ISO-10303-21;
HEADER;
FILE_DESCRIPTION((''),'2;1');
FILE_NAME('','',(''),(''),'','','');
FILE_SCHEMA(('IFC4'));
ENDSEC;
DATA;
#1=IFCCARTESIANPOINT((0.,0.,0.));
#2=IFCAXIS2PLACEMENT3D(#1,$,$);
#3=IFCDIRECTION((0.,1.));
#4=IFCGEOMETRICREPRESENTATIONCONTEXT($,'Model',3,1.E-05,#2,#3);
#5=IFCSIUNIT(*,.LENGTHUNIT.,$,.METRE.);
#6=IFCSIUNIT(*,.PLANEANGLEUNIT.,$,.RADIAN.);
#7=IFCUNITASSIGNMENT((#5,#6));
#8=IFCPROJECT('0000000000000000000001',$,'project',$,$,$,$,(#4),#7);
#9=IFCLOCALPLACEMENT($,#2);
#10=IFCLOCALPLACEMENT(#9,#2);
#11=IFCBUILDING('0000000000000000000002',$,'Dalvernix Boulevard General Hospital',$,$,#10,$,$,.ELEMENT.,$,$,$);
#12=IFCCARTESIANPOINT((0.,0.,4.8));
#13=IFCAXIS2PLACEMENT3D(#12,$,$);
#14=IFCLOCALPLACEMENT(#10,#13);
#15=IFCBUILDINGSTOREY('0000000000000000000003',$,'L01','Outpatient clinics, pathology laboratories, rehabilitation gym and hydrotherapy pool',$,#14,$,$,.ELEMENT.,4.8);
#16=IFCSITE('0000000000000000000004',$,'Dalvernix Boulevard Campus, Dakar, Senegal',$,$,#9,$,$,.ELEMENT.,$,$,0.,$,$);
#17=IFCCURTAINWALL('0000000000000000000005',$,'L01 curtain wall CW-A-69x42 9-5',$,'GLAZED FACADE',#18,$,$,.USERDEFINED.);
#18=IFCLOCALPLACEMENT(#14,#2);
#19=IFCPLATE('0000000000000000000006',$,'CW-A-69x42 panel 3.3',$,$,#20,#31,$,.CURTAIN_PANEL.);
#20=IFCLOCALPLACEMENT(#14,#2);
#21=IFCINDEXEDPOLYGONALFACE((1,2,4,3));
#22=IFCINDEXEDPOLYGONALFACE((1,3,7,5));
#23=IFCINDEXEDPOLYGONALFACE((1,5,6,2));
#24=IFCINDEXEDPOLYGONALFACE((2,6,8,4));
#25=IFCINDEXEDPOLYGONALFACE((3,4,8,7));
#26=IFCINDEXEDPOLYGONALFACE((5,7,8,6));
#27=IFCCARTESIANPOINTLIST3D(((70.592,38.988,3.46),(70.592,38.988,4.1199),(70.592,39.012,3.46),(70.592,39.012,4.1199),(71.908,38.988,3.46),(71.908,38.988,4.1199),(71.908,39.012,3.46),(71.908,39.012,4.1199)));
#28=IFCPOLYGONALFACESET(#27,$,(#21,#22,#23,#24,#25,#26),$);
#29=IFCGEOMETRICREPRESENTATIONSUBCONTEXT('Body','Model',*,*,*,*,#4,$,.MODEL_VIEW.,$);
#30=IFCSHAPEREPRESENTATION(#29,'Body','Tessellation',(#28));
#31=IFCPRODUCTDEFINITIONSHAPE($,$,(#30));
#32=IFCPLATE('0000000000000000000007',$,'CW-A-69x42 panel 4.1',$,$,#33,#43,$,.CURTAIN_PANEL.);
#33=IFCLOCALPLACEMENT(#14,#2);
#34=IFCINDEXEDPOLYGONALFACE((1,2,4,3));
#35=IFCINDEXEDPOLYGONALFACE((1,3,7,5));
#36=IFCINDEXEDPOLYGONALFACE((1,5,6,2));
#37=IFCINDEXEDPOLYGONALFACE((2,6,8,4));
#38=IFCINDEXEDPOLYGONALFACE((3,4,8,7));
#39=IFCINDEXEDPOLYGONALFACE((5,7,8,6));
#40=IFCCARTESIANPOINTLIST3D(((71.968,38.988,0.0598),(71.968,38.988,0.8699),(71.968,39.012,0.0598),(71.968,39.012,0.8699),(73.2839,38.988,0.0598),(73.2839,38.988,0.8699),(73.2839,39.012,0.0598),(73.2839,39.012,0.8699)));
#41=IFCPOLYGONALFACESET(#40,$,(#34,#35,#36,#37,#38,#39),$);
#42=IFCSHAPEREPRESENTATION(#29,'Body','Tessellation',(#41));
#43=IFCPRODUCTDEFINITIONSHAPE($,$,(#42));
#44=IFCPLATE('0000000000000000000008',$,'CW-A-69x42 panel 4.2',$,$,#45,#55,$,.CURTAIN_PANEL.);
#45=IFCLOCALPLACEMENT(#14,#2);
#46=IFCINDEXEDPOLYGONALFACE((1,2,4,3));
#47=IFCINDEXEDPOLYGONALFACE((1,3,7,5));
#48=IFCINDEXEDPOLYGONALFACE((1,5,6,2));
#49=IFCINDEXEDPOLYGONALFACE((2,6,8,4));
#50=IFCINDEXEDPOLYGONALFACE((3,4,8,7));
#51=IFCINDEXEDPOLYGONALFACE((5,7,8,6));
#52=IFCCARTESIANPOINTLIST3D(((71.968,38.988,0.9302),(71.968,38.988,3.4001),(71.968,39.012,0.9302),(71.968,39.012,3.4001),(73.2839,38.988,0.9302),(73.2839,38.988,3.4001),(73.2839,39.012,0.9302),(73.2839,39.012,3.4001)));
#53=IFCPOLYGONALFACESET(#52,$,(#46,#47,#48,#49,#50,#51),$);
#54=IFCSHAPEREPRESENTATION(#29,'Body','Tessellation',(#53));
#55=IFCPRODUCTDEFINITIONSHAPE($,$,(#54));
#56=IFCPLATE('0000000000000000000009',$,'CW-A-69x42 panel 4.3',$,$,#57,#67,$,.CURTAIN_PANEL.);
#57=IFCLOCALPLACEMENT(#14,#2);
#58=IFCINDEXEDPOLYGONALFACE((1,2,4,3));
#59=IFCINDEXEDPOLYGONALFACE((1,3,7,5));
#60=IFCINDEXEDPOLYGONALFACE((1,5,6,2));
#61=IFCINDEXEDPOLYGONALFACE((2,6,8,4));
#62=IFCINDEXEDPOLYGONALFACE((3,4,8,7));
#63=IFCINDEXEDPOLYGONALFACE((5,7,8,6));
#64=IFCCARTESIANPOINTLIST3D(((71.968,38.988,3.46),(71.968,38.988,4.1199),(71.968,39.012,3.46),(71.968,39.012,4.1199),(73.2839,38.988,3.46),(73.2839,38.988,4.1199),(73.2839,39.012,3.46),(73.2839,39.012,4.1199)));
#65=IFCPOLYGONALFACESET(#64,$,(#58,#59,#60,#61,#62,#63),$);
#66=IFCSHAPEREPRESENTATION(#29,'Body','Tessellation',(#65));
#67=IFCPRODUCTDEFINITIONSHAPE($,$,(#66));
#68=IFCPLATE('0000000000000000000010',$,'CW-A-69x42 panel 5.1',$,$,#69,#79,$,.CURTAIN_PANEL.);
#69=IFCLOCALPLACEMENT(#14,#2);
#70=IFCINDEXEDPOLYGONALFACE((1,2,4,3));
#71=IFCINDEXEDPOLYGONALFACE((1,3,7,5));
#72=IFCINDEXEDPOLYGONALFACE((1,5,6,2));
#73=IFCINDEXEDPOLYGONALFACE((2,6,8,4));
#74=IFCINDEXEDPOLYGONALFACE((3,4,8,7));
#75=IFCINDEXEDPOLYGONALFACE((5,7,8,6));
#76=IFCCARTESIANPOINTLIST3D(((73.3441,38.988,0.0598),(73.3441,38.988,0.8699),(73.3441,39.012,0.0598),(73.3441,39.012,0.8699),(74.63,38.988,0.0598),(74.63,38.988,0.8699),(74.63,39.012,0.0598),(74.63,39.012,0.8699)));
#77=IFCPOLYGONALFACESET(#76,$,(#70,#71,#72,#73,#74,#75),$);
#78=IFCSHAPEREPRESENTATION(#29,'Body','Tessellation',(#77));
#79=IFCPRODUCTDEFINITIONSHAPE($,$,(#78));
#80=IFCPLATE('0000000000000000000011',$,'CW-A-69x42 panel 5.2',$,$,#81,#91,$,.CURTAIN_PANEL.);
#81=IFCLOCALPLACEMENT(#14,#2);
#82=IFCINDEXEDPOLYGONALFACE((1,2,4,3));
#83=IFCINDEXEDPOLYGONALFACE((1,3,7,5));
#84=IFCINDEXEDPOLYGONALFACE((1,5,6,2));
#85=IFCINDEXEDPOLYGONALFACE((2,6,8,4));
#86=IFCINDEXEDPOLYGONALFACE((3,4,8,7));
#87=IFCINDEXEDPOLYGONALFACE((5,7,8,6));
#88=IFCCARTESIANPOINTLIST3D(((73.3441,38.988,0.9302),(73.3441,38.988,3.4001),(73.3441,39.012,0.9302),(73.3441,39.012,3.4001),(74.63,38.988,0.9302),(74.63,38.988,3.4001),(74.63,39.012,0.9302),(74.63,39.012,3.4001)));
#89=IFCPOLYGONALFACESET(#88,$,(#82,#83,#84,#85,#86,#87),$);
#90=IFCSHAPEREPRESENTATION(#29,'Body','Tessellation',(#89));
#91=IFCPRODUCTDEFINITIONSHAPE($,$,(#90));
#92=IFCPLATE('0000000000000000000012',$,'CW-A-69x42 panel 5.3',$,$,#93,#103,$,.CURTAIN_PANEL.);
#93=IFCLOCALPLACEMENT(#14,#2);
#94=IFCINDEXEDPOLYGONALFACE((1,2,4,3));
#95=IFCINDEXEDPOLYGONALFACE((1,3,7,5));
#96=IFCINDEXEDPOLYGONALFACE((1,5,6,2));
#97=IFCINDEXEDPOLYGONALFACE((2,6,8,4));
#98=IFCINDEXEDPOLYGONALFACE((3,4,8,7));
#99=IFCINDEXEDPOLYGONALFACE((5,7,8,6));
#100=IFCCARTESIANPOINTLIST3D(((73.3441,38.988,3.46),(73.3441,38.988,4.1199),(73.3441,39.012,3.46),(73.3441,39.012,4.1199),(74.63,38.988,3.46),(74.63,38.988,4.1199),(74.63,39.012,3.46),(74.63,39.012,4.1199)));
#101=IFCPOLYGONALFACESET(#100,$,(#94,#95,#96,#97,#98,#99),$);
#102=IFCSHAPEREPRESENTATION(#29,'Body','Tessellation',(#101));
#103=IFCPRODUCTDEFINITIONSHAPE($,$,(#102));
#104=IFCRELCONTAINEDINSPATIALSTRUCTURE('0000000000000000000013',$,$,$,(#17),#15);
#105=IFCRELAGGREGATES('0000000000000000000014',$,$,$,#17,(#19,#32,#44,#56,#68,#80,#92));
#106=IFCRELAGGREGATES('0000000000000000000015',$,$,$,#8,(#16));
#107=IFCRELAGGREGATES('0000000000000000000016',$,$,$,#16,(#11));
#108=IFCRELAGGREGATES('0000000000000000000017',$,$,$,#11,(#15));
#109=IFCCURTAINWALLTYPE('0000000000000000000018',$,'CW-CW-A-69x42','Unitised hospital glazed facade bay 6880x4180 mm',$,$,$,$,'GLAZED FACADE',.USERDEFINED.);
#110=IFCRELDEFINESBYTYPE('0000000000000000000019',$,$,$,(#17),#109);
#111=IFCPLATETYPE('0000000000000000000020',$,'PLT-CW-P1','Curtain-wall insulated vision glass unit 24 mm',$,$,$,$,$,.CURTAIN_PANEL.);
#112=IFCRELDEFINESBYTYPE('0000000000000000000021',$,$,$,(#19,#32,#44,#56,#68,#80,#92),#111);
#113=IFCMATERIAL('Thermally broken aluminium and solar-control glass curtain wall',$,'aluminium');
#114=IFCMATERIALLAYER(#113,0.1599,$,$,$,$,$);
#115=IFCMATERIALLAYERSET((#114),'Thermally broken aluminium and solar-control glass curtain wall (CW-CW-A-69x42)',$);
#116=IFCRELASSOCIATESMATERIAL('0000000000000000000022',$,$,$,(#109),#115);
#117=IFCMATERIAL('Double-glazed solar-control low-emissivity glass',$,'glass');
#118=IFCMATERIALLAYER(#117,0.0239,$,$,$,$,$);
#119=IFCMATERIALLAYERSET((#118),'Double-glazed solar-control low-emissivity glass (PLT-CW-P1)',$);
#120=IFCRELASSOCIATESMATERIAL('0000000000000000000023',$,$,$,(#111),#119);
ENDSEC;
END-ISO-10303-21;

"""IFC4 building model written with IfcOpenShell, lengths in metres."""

from ifc_helpers import new_model, si_unit, direction, frame, origin, origin_2d, place, context, subcontext, project, spatial, rectangle, extrude, material, layer, layer_set, type_object, element, aggregate, save


model = new_model("IFC4")

# Units and contexts
model_context = context("Model", 3, precision=1e-05, world=origin(), true_north=direction((0.0, 1.0)))
body_context = subcontext(model_context, "Body", "Model", "MODEL_VIEW")
ifc_project = project(units=[si_unit("LENGTHUNIT", "METRE"), si_unit("PLANEANGLEUNIT", "RADIAN")], contexts=[model_context])

# Site, building, storey
site_placement = place(None, origin())
site = spatial("IfcSite", under=ifc_project, at=site_placement, Name="Dalvernix Boulevard Campus, Dakar, Senegal", CompositionType="ELEMENT", RefElevation=0.0)
building_placement = place(site_placement, origin())
building = spatial("IfcBuilding", under=site, at=building_placement, Name="Dalvernix Boulevard General Hospital", CompositionType="ELEMENT")
storey_placement = place(building_placement, frame((0.0, 0.0, 4.8)))
storey = spatial("IfcBuildingStorey", under=building, at=storey_placement, Name="L01", Description="Outpatient clinics, pathology laboratories, rehabilitation gym and hydrotherapy pool", CompositionType="ELEMENT", Elevation=4.8)

# Curtain wall, plates
ifc_material_1 = material(Name="Thermally broken aluminium and solar-control glass curtain wall", Category="aluminium")
ifc_layer_1 = layer(ifc_material_1, 0.1599)
ifc_layer_set_1 = layer_set([ifc_layer_1], Name="Thermally broken aluminium and solar-control glass curtain wall (CW-CW-A-69x42)")
curtain_wall_type = type_object("IfcCurtainWallType", Name="CW-CW-A-69x42", Description="Unitised hospital glazed facade bay 6880x4180 mm", ElementType="GLAZED FACADE", PredefinedType="USERDEFINED", material=ifc_layer_set_1)
curtain_wall_placement = place(storey_placement, origin())
curtain_wall = element("IfcCurtainWall", 1, at=curtain_wall_placement, inside=storey, type_object=curtain_wall_type, Name="L01 curtain wall CW-A-69x42 9-5", ObjectType="GLAZED FACADE", PredefinedType="USERDEFINED")
ifc_material_2 = material(Name="Double-glazed solar-control low-emissivity glass", Category="glass")
ifc_layer_2 = layer(ifc_material_2, 0.0239)
ifc_layer_set_2 = layer_set([ifc_layer_2], Name="Double-glazed solar-control low-emissivity glass (PLT-CW-P1)")
plate_type = type_object("IfcPlateType", Name="PLT-CW-P1", Description="Curtain-wall insulated vision glass unit 24 mm", PredefinedType="CURTAIN_PANEL", material=ifc_layer_set_2)
plate_1_placement = place(storey_placement, frame((71.25, 39.0, 3.46), z_axis=(0.0, 0.0, 1.0), x_axis=(1.0, 0.0, 0.0)))
plate_1 = element("IfcPlate", 2, at=plate_1_placement, type_object=plate_type, Name="CW-A-69x42 panel 3.3", PredefinedType="CURTAIN_PANEL", context=body_context, shape_type="SweptSolid", body=[
    extrude(rectangle(XDim=1.3159, YDim=0.0239, at=origin_2d()), origin(), (0.0, 0.0, 1.0), 0.6599),
])
plate_2_placement = place(storey_placement, frame((72.626, 39.0, 0.0598), z_axis=(0.0, 0.0, 1.0), x_axis=(1.0, 0.0, 0.0)))
plate_2 = element("IfcPlate", 3, at=plate_2_placement, type_object=plate_type, Name="CW-A-69x42 panel 4.1", PredefinedType="CURTAIN_PANEL", context=body_context, shape_type="SweptSolid", body=[
    extrude(rectangle(XDim=1.3159, YDim=0.0239, at=origin_2d()), origin(), (0.0, 0.0, 1.0), 0.8101),
])
plate_3_placement = place(storey_placement, frame((72.626, 39.0, 0.9302), z_axis=(0.0, 0.0, 1.0), x_axis=(1.0, 0.0, 0.0)))
plate_3 = element("IfcPlate", 4, at=plate_3_placement, type_object=plate_type, Name="CW-A-69x42 panel 4.2", PredefinedType="CURTAIN_PANEL", context=body_context, shape_type="SweptSolid", body=[
    extrude(rectangle(XDim=1.3159, YDim=0.0239, at=origin_2d()), origin(), (0.0, 0.0, 1.0), 2.47),
])
plate_4_placement = place(storey_placement, frame((72.626, 39.0, 3.46), z_axis=(0.0, 0.0, 1.0), x_axis=(1.0, 0.0, 0.0)))
plate_4 = element("IfcPlate", 5, at=plate_4_placement, type_object=plate_type, Name="CW-A-69x42 panel 4.3", PredefinedType="CURTAIN_PANEL", context=body_context, shape_type="SweptSolid", body=[
    extrude(rectangle(XDim=1.3159, YDim=0.0239, at=origin_2d()), origin(), (0.0, 0.0, 1.0), 0.6599),
])
plate_5_placement = place(storey_placement, frame((73.9871, 39.0, 0.0598), z_axis=(0.0, 0.0, 1.0), x_axis=(1.0, 0.0, 0.0)))
plate_5 = element("IfcPlate", 6, at=plate_5_placement, type_object=plate_type, Name="CW-A-69x42 panel 5.1", PredefinedType="CURTAIN_PANEL", context=body_context, shape_type="SweptSolid", body=[
    extrude(rectangle(XDim=1.2859, YDim=0.0239, at=origin_2d()), origin(), (0.0, 0.0, 1.0), 0.8101),
])
plate_6_placement = place(storey_placement, frame((73.9871, 39.0, 0.9302), z_axis=(0.0, 0.0, 1.0), x_axis=(1.0, 0.0, 0.0)))
plate_6 = element("IfcPlate", 7, at=plate_6_placement, type_object=plate_type, Name="CW-A-69x42 panel 5.2", PredefinedType="CURTAIN_PANEL", context=body_context, shape_type="SweptSolid", body=[
    extrude(rectangle(XDim=1.2859, YDim=0.0239, at=origin_2d()), origin(), (0.0, 0.0, 1.0), 2.47),
])
plate_7_placement = place(storey_placement, frame((73.9871, 39.0, 3.46), z_axis=(0.0, 0.0, 1.0), x_axis=(1.0, 0.0, 0.0)))
plate_7 = element("IfcPlate", 8, at=plate_7_placement, type_object=plate_type, Name="CW-A-69x42 panel 5.3", PredefinedType="CURTAIN_PANEL", context=body_context, shape_type="SweptSolid", body=[
    extrude(rectangle(XDim=1.2859, YDim=0.0239, at=origin_2d()), origin(), (0.0, 0.0, 1.0), 0.6599),
])
aggregate(curtain_wall, [plate_1, plate_2, plate_3, plate_4, plate_5, plate_6, plate_7])

save(model, "model.ifc")
